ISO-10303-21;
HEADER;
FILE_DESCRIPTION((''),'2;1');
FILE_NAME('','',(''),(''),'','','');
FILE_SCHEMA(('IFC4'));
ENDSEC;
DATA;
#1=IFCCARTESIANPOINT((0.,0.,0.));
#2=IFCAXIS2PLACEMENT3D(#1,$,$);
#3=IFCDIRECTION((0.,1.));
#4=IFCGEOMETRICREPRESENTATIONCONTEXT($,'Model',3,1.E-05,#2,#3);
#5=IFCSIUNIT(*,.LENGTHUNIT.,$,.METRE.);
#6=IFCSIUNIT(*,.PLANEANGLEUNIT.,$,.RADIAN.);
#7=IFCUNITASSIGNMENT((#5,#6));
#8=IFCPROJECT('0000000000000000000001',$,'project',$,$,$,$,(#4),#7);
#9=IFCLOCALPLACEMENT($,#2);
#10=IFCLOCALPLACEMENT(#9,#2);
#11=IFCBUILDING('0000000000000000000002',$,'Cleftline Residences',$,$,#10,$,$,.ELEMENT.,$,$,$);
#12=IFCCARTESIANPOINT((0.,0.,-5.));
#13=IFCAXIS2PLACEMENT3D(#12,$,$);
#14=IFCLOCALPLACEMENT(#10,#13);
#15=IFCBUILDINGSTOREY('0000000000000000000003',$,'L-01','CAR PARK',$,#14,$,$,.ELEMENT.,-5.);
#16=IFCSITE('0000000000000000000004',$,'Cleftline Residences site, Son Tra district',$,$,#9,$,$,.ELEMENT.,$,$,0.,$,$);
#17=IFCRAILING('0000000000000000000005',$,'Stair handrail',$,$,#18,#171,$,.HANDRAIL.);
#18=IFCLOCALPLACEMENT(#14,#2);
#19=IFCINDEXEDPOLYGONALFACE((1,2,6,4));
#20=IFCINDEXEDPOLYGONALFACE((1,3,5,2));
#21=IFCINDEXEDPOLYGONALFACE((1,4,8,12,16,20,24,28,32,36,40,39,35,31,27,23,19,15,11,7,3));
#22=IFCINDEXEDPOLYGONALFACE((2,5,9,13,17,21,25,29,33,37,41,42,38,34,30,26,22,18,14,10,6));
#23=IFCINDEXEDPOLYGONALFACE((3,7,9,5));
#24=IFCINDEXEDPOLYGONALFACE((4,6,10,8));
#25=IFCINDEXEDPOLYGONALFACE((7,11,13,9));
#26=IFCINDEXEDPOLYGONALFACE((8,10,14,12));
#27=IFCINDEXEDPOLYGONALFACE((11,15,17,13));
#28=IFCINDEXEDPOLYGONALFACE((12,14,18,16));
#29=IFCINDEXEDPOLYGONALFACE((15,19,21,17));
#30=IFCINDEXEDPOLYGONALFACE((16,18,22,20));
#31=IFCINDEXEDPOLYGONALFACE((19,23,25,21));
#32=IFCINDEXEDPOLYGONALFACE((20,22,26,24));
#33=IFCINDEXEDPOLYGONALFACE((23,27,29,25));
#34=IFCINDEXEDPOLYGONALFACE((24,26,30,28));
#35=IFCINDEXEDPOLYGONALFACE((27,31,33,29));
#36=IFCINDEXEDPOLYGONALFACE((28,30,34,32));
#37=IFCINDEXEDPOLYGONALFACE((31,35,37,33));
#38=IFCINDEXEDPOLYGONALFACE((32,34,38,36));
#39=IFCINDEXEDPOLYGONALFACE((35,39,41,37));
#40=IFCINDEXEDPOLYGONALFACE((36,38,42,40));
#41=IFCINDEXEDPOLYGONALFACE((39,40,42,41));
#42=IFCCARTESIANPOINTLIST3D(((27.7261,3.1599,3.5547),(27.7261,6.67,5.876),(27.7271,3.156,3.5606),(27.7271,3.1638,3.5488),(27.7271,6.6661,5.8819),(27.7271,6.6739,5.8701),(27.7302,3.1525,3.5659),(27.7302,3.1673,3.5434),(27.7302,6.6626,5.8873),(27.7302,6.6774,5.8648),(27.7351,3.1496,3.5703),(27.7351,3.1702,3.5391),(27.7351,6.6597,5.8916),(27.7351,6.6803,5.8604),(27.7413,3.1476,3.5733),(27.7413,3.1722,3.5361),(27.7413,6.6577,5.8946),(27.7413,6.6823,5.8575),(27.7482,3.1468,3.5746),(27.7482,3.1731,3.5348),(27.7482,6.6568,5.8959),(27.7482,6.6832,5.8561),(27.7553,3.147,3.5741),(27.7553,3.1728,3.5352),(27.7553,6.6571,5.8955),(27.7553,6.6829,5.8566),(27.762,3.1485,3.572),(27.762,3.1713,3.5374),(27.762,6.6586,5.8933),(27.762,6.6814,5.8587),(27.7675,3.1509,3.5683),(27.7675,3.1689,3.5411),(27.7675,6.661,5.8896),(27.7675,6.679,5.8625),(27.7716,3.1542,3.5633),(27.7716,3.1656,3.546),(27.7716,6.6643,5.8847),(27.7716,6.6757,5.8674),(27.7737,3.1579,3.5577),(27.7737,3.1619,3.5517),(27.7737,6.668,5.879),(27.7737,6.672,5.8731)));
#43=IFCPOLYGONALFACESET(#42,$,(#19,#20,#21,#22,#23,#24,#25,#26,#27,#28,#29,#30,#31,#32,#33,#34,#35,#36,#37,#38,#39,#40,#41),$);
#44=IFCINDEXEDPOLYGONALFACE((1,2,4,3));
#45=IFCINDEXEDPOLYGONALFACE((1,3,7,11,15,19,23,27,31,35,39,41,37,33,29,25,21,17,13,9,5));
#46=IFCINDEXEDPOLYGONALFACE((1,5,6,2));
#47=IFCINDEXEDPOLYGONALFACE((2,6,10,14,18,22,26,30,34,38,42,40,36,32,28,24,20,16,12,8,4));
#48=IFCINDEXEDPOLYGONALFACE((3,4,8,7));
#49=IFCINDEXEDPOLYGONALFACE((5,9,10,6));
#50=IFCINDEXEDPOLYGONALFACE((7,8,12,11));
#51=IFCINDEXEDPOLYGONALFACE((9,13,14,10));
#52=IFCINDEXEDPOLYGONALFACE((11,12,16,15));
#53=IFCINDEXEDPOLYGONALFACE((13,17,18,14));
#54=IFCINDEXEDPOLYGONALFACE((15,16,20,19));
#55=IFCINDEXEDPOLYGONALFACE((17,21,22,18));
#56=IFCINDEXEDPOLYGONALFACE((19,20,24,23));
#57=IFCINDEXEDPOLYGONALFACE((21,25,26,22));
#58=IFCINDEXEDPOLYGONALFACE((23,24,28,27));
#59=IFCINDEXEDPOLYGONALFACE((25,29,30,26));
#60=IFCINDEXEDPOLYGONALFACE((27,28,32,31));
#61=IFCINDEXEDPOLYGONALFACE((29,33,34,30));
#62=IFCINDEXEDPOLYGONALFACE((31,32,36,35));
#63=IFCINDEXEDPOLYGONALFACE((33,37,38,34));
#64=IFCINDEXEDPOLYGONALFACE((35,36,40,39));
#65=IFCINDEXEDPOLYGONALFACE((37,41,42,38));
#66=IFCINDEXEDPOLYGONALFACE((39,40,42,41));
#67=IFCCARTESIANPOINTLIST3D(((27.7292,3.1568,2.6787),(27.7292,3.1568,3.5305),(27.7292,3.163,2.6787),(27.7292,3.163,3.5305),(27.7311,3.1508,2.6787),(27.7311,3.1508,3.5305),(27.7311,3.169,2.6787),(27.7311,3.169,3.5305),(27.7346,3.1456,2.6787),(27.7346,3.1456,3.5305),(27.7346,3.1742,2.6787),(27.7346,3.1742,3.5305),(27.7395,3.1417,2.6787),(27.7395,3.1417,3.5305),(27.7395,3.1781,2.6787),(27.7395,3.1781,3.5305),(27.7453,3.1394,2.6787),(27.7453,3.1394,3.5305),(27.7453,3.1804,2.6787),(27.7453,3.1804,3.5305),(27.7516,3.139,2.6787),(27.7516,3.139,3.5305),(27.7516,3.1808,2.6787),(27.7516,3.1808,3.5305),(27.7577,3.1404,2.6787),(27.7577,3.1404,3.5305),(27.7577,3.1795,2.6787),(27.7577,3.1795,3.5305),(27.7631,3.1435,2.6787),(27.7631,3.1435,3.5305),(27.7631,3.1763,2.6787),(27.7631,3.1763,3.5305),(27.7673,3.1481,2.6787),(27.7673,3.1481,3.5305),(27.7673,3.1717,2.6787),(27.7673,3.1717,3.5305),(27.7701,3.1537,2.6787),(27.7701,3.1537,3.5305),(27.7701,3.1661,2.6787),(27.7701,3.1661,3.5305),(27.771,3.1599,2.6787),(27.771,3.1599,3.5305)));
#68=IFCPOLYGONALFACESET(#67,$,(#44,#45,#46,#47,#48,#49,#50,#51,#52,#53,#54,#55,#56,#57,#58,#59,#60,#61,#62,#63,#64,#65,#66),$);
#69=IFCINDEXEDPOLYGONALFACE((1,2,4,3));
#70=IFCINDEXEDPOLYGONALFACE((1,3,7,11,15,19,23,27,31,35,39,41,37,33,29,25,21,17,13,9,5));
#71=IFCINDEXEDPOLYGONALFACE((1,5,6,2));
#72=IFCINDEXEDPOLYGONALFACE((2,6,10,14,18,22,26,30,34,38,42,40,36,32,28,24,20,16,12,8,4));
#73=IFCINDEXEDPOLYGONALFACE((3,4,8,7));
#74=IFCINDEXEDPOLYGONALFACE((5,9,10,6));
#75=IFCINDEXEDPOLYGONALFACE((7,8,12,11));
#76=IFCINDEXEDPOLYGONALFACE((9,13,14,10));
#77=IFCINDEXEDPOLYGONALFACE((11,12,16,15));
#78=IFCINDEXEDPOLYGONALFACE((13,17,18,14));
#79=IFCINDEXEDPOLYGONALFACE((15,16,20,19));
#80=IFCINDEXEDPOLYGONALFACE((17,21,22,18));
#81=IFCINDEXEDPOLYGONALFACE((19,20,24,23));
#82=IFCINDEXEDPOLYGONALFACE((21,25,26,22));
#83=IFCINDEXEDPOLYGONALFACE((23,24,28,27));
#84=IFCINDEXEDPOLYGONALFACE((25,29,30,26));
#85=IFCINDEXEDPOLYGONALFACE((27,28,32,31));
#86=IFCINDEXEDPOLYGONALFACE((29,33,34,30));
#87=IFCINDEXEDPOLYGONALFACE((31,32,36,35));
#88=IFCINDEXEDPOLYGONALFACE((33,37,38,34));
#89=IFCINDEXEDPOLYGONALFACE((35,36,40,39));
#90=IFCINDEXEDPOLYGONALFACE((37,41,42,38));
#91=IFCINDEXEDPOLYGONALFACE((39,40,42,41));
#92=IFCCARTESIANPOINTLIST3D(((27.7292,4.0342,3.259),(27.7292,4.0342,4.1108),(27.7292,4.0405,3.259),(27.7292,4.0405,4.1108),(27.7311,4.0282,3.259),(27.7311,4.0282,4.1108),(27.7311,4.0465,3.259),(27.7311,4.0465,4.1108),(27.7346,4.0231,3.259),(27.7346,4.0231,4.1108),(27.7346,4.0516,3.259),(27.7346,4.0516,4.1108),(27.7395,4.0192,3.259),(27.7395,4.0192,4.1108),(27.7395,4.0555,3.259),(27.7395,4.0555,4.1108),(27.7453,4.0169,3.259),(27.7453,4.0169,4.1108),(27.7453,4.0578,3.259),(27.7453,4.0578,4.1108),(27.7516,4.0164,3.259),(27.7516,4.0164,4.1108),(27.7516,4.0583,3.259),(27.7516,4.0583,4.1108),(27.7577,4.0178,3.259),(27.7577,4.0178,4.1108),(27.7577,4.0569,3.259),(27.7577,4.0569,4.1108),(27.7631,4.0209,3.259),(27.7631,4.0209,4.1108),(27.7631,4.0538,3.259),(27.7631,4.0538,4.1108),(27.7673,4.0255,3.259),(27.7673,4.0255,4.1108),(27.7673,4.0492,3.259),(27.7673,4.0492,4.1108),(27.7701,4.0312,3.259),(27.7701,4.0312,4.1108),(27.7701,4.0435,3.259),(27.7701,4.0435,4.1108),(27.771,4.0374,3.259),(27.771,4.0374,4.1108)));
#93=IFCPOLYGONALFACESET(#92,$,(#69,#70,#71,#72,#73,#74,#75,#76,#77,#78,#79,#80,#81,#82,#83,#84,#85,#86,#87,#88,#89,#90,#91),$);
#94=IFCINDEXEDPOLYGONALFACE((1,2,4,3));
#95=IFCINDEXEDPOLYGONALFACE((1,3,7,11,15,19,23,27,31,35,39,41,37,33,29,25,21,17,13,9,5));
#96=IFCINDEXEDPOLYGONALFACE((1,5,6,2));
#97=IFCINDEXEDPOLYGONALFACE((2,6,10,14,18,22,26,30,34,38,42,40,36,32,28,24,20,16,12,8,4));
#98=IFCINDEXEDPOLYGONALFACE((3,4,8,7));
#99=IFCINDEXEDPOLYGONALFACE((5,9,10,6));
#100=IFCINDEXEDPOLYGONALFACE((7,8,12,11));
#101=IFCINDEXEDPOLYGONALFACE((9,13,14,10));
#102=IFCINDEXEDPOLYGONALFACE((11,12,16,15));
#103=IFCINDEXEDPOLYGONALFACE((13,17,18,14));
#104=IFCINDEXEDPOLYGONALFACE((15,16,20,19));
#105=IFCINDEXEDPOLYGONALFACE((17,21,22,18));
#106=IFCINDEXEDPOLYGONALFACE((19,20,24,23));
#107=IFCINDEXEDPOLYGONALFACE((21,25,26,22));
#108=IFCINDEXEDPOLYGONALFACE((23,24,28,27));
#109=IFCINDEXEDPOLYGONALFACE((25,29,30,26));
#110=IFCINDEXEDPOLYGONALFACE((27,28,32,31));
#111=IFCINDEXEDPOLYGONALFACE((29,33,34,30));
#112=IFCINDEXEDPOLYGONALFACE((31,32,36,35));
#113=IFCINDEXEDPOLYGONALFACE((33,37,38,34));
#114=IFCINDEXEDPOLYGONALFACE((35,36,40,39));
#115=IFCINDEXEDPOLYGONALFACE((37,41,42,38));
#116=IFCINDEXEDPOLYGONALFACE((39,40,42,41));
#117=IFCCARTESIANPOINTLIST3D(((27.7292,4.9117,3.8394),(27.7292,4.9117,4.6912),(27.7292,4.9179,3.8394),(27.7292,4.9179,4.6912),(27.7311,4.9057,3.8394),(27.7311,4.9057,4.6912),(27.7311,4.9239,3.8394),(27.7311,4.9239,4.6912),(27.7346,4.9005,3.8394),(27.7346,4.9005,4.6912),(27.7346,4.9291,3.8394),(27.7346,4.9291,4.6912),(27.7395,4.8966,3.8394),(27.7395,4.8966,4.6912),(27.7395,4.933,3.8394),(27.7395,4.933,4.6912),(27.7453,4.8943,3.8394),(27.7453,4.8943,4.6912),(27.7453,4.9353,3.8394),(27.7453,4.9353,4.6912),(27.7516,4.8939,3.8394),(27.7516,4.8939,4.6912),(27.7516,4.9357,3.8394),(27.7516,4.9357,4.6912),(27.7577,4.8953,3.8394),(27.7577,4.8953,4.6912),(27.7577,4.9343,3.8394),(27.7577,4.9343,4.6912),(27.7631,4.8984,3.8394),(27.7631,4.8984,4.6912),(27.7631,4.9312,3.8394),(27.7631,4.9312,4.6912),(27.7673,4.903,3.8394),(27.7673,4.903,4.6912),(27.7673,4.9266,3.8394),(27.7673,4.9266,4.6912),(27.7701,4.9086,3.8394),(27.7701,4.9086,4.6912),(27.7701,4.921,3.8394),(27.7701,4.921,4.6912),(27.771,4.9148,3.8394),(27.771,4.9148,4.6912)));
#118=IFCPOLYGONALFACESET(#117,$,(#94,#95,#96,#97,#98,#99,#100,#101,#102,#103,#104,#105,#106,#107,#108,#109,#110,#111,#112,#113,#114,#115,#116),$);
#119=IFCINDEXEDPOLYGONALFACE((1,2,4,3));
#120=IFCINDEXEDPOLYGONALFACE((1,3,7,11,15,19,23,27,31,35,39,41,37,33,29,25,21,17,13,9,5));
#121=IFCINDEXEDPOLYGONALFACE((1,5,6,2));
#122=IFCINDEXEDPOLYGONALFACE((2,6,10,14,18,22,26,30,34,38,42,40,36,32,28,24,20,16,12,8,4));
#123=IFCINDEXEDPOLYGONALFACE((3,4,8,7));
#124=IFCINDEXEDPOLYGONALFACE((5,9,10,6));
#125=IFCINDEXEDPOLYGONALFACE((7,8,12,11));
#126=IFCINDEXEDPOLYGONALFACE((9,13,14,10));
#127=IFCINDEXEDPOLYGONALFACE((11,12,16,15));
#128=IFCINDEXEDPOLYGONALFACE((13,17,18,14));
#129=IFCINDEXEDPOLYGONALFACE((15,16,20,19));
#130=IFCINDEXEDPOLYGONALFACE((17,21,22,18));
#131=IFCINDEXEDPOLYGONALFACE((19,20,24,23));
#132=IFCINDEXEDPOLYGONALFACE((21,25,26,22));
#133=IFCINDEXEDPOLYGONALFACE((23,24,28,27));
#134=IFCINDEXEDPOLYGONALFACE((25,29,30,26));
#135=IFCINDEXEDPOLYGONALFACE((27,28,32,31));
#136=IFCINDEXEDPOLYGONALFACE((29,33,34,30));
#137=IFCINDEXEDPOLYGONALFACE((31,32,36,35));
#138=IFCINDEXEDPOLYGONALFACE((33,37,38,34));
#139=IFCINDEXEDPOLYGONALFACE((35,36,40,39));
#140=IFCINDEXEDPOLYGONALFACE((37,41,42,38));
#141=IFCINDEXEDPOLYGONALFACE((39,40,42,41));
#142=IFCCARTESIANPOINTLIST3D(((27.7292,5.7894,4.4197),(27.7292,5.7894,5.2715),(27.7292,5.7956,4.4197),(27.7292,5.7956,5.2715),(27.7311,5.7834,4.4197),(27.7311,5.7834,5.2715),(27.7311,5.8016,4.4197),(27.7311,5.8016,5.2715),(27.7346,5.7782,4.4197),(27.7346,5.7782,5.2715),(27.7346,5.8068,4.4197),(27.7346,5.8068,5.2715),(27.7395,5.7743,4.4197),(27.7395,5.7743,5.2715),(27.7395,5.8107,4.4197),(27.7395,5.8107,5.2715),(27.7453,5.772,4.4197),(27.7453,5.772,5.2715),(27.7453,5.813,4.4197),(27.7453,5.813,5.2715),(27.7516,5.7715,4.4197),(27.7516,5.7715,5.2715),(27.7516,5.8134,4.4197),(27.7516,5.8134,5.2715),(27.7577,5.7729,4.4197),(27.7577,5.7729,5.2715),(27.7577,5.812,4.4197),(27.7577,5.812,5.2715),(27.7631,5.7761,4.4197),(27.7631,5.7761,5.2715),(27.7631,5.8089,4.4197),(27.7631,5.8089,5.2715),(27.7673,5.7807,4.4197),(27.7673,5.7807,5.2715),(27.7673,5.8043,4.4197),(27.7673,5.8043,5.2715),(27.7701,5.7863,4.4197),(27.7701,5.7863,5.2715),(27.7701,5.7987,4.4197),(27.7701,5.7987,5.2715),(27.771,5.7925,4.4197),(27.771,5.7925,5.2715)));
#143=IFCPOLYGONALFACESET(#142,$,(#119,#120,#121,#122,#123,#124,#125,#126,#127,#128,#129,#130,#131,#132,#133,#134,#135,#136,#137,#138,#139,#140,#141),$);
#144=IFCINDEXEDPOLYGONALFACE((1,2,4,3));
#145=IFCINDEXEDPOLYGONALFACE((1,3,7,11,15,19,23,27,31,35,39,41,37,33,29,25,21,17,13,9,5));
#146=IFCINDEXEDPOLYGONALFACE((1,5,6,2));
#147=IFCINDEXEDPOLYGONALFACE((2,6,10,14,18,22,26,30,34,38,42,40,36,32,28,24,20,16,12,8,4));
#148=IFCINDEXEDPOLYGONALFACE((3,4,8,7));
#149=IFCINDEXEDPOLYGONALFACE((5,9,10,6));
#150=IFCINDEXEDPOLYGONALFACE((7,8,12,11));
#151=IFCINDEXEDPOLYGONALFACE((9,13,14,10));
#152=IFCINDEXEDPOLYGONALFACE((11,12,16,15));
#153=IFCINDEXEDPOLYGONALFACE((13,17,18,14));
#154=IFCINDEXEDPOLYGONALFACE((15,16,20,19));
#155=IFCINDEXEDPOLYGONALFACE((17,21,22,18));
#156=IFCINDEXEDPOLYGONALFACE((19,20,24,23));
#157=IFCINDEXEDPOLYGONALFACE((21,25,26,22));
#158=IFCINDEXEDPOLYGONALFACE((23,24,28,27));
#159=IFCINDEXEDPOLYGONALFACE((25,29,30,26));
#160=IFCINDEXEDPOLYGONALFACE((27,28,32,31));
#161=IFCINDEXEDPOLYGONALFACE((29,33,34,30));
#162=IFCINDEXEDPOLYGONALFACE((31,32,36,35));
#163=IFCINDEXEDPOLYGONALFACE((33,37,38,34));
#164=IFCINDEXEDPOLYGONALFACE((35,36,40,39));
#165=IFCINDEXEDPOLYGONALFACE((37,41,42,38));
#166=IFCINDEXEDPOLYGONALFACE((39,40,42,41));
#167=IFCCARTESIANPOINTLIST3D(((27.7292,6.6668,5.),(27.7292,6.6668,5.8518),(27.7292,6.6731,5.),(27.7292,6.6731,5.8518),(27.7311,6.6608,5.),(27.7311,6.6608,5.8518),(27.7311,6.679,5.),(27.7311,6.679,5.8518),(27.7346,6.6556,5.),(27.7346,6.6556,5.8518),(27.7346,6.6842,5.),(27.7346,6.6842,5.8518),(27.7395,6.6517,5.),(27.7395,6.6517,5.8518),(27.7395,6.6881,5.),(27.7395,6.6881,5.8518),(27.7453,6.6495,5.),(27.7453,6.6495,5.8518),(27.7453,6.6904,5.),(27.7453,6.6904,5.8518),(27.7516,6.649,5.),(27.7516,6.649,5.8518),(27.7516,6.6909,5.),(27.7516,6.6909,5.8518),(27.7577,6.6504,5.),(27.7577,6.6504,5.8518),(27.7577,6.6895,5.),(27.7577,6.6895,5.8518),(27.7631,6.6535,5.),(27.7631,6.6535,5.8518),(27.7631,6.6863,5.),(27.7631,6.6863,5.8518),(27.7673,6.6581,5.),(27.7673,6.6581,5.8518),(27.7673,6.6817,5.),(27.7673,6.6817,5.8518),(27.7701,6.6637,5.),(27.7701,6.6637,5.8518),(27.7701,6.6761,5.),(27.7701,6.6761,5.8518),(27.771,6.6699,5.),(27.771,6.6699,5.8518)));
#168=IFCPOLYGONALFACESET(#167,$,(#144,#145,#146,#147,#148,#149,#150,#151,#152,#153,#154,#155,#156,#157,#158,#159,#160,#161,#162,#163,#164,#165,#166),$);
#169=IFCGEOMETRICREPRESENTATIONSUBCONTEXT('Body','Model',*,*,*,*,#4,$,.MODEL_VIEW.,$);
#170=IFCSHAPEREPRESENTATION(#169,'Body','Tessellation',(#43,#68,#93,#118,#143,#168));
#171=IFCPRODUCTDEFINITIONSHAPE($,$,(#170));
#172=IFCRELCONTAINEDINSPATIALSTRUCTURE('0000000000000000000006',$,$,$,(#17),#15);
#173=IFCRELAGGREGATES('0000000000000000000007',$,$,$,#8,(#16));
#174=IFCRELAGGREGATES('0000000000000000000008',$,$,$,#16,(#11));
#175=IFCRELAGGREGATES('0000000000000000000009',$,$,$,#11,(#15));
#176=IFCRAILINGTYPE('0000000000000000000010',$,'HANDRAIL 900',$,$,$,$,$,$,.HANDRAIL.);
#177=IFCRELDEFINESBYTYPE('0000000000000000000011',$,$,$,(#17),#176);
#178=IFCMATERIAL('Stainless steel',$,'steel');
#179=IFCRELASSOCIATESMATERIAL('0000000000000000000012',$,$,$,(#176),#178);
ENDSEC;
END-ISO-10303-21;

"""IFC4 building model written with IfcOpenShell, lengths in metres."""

from ifc_helpers import new_model, si_unit, direction, frame, origin, origin_2d, place, context, subcontext, project, spatial, circle, extrude, material, type_object, element, save


model = new_model("IFC4")

# Units and contexts
model_context = context("Model", 3, precision=1e-05, world=origin(), true_north=direction((0.0, 1.0)))
body_context = subcontext(model_context, "Body", "Model", "MODEL_VIEW")
ifc_project = project(units=[si_unit("LENGTHUNIT", "METRE"), si_unit("PLANEANGLEUNIT", "RADIAN")], contexts=[model_context])

# Site, building, storey
site_placement = place(None, origin())
site = spatial("IfcSite", under=ifc_project, at=site_placement, Name="Cleftline Residences site, Son Tra district", CompositionType="ELEMENT", RefElevation=0.0)
building_placement = place(site_placement, origin())
building = spatial("IfcBuilding", under=site, at=building_placement, Name="Cleftline Residences", CompositionType="ELEMENT")
storey_placement = place(building_placement, frame((0.0, 0.0, -5.0)))
storey = spatial("IfcBuildingStorey", under=building, at=storey_placement, Name="L-01", Description="CAR PARK", CompositionType="ELEMENT", Elevation=-5.0)

# Railing
ifc_material_1 = material(Name="Stainless steel", Category="steel")
railing_type = type_object("IfcRailingType", Name="HANDRAIL 900", PredefinedType="HANDRAIL", material=ifc_material_1)
railing_1_placement = place(storey_placement, frame((27.75, 3.1599, 2.6787)))
element("IfcRailing", 1, at=railing_1_placement, inside=storey, type_object=railing_type, Name="Stair handrail", PredefinedType="HANDRAIL", context=body_context, shape_type="SweptSolid", body=[
    extrude(circle(Radius=0.0239, at=origin_2d()), frame((0.0, 0.0, 0.876), z_axis=(0.0, 0.834097, 0.551617), x_axis=(-1.0, 0.0, 0.0)), (0.0, 0.0, 1.0), 4.2083),
    extrude(circle(Radius=0.021, at=origin_2d()), origin(), (0.0, 0.0, 1.0), 0.8518),
    extrude(circle(Radius=0.021, at=origin_2d()), frame((0.0, 0.8774, 0.5803)), (0.0, 0.0, 1.0), 0.8518),
    extrude(circle(Radius=0.021, at=origin_2d()), frame((0.0, 1.7549, 1.1606)), (0.0, 0.0, 1.0), 0.8518),
    extrude(circle(Radius=0.021, at=origin_2d()), frame((0.0, 2.6326, 1.741)), (0.0, 0.0, 1.0), 0.8518),
    extrude(circle(Radius=0.021, at=origin_2d()), frame((0.0, 3.51, 2.3213)), (0.0, 0.0, 1.0), 0.8518),
])

save(model, "model.ifc")
